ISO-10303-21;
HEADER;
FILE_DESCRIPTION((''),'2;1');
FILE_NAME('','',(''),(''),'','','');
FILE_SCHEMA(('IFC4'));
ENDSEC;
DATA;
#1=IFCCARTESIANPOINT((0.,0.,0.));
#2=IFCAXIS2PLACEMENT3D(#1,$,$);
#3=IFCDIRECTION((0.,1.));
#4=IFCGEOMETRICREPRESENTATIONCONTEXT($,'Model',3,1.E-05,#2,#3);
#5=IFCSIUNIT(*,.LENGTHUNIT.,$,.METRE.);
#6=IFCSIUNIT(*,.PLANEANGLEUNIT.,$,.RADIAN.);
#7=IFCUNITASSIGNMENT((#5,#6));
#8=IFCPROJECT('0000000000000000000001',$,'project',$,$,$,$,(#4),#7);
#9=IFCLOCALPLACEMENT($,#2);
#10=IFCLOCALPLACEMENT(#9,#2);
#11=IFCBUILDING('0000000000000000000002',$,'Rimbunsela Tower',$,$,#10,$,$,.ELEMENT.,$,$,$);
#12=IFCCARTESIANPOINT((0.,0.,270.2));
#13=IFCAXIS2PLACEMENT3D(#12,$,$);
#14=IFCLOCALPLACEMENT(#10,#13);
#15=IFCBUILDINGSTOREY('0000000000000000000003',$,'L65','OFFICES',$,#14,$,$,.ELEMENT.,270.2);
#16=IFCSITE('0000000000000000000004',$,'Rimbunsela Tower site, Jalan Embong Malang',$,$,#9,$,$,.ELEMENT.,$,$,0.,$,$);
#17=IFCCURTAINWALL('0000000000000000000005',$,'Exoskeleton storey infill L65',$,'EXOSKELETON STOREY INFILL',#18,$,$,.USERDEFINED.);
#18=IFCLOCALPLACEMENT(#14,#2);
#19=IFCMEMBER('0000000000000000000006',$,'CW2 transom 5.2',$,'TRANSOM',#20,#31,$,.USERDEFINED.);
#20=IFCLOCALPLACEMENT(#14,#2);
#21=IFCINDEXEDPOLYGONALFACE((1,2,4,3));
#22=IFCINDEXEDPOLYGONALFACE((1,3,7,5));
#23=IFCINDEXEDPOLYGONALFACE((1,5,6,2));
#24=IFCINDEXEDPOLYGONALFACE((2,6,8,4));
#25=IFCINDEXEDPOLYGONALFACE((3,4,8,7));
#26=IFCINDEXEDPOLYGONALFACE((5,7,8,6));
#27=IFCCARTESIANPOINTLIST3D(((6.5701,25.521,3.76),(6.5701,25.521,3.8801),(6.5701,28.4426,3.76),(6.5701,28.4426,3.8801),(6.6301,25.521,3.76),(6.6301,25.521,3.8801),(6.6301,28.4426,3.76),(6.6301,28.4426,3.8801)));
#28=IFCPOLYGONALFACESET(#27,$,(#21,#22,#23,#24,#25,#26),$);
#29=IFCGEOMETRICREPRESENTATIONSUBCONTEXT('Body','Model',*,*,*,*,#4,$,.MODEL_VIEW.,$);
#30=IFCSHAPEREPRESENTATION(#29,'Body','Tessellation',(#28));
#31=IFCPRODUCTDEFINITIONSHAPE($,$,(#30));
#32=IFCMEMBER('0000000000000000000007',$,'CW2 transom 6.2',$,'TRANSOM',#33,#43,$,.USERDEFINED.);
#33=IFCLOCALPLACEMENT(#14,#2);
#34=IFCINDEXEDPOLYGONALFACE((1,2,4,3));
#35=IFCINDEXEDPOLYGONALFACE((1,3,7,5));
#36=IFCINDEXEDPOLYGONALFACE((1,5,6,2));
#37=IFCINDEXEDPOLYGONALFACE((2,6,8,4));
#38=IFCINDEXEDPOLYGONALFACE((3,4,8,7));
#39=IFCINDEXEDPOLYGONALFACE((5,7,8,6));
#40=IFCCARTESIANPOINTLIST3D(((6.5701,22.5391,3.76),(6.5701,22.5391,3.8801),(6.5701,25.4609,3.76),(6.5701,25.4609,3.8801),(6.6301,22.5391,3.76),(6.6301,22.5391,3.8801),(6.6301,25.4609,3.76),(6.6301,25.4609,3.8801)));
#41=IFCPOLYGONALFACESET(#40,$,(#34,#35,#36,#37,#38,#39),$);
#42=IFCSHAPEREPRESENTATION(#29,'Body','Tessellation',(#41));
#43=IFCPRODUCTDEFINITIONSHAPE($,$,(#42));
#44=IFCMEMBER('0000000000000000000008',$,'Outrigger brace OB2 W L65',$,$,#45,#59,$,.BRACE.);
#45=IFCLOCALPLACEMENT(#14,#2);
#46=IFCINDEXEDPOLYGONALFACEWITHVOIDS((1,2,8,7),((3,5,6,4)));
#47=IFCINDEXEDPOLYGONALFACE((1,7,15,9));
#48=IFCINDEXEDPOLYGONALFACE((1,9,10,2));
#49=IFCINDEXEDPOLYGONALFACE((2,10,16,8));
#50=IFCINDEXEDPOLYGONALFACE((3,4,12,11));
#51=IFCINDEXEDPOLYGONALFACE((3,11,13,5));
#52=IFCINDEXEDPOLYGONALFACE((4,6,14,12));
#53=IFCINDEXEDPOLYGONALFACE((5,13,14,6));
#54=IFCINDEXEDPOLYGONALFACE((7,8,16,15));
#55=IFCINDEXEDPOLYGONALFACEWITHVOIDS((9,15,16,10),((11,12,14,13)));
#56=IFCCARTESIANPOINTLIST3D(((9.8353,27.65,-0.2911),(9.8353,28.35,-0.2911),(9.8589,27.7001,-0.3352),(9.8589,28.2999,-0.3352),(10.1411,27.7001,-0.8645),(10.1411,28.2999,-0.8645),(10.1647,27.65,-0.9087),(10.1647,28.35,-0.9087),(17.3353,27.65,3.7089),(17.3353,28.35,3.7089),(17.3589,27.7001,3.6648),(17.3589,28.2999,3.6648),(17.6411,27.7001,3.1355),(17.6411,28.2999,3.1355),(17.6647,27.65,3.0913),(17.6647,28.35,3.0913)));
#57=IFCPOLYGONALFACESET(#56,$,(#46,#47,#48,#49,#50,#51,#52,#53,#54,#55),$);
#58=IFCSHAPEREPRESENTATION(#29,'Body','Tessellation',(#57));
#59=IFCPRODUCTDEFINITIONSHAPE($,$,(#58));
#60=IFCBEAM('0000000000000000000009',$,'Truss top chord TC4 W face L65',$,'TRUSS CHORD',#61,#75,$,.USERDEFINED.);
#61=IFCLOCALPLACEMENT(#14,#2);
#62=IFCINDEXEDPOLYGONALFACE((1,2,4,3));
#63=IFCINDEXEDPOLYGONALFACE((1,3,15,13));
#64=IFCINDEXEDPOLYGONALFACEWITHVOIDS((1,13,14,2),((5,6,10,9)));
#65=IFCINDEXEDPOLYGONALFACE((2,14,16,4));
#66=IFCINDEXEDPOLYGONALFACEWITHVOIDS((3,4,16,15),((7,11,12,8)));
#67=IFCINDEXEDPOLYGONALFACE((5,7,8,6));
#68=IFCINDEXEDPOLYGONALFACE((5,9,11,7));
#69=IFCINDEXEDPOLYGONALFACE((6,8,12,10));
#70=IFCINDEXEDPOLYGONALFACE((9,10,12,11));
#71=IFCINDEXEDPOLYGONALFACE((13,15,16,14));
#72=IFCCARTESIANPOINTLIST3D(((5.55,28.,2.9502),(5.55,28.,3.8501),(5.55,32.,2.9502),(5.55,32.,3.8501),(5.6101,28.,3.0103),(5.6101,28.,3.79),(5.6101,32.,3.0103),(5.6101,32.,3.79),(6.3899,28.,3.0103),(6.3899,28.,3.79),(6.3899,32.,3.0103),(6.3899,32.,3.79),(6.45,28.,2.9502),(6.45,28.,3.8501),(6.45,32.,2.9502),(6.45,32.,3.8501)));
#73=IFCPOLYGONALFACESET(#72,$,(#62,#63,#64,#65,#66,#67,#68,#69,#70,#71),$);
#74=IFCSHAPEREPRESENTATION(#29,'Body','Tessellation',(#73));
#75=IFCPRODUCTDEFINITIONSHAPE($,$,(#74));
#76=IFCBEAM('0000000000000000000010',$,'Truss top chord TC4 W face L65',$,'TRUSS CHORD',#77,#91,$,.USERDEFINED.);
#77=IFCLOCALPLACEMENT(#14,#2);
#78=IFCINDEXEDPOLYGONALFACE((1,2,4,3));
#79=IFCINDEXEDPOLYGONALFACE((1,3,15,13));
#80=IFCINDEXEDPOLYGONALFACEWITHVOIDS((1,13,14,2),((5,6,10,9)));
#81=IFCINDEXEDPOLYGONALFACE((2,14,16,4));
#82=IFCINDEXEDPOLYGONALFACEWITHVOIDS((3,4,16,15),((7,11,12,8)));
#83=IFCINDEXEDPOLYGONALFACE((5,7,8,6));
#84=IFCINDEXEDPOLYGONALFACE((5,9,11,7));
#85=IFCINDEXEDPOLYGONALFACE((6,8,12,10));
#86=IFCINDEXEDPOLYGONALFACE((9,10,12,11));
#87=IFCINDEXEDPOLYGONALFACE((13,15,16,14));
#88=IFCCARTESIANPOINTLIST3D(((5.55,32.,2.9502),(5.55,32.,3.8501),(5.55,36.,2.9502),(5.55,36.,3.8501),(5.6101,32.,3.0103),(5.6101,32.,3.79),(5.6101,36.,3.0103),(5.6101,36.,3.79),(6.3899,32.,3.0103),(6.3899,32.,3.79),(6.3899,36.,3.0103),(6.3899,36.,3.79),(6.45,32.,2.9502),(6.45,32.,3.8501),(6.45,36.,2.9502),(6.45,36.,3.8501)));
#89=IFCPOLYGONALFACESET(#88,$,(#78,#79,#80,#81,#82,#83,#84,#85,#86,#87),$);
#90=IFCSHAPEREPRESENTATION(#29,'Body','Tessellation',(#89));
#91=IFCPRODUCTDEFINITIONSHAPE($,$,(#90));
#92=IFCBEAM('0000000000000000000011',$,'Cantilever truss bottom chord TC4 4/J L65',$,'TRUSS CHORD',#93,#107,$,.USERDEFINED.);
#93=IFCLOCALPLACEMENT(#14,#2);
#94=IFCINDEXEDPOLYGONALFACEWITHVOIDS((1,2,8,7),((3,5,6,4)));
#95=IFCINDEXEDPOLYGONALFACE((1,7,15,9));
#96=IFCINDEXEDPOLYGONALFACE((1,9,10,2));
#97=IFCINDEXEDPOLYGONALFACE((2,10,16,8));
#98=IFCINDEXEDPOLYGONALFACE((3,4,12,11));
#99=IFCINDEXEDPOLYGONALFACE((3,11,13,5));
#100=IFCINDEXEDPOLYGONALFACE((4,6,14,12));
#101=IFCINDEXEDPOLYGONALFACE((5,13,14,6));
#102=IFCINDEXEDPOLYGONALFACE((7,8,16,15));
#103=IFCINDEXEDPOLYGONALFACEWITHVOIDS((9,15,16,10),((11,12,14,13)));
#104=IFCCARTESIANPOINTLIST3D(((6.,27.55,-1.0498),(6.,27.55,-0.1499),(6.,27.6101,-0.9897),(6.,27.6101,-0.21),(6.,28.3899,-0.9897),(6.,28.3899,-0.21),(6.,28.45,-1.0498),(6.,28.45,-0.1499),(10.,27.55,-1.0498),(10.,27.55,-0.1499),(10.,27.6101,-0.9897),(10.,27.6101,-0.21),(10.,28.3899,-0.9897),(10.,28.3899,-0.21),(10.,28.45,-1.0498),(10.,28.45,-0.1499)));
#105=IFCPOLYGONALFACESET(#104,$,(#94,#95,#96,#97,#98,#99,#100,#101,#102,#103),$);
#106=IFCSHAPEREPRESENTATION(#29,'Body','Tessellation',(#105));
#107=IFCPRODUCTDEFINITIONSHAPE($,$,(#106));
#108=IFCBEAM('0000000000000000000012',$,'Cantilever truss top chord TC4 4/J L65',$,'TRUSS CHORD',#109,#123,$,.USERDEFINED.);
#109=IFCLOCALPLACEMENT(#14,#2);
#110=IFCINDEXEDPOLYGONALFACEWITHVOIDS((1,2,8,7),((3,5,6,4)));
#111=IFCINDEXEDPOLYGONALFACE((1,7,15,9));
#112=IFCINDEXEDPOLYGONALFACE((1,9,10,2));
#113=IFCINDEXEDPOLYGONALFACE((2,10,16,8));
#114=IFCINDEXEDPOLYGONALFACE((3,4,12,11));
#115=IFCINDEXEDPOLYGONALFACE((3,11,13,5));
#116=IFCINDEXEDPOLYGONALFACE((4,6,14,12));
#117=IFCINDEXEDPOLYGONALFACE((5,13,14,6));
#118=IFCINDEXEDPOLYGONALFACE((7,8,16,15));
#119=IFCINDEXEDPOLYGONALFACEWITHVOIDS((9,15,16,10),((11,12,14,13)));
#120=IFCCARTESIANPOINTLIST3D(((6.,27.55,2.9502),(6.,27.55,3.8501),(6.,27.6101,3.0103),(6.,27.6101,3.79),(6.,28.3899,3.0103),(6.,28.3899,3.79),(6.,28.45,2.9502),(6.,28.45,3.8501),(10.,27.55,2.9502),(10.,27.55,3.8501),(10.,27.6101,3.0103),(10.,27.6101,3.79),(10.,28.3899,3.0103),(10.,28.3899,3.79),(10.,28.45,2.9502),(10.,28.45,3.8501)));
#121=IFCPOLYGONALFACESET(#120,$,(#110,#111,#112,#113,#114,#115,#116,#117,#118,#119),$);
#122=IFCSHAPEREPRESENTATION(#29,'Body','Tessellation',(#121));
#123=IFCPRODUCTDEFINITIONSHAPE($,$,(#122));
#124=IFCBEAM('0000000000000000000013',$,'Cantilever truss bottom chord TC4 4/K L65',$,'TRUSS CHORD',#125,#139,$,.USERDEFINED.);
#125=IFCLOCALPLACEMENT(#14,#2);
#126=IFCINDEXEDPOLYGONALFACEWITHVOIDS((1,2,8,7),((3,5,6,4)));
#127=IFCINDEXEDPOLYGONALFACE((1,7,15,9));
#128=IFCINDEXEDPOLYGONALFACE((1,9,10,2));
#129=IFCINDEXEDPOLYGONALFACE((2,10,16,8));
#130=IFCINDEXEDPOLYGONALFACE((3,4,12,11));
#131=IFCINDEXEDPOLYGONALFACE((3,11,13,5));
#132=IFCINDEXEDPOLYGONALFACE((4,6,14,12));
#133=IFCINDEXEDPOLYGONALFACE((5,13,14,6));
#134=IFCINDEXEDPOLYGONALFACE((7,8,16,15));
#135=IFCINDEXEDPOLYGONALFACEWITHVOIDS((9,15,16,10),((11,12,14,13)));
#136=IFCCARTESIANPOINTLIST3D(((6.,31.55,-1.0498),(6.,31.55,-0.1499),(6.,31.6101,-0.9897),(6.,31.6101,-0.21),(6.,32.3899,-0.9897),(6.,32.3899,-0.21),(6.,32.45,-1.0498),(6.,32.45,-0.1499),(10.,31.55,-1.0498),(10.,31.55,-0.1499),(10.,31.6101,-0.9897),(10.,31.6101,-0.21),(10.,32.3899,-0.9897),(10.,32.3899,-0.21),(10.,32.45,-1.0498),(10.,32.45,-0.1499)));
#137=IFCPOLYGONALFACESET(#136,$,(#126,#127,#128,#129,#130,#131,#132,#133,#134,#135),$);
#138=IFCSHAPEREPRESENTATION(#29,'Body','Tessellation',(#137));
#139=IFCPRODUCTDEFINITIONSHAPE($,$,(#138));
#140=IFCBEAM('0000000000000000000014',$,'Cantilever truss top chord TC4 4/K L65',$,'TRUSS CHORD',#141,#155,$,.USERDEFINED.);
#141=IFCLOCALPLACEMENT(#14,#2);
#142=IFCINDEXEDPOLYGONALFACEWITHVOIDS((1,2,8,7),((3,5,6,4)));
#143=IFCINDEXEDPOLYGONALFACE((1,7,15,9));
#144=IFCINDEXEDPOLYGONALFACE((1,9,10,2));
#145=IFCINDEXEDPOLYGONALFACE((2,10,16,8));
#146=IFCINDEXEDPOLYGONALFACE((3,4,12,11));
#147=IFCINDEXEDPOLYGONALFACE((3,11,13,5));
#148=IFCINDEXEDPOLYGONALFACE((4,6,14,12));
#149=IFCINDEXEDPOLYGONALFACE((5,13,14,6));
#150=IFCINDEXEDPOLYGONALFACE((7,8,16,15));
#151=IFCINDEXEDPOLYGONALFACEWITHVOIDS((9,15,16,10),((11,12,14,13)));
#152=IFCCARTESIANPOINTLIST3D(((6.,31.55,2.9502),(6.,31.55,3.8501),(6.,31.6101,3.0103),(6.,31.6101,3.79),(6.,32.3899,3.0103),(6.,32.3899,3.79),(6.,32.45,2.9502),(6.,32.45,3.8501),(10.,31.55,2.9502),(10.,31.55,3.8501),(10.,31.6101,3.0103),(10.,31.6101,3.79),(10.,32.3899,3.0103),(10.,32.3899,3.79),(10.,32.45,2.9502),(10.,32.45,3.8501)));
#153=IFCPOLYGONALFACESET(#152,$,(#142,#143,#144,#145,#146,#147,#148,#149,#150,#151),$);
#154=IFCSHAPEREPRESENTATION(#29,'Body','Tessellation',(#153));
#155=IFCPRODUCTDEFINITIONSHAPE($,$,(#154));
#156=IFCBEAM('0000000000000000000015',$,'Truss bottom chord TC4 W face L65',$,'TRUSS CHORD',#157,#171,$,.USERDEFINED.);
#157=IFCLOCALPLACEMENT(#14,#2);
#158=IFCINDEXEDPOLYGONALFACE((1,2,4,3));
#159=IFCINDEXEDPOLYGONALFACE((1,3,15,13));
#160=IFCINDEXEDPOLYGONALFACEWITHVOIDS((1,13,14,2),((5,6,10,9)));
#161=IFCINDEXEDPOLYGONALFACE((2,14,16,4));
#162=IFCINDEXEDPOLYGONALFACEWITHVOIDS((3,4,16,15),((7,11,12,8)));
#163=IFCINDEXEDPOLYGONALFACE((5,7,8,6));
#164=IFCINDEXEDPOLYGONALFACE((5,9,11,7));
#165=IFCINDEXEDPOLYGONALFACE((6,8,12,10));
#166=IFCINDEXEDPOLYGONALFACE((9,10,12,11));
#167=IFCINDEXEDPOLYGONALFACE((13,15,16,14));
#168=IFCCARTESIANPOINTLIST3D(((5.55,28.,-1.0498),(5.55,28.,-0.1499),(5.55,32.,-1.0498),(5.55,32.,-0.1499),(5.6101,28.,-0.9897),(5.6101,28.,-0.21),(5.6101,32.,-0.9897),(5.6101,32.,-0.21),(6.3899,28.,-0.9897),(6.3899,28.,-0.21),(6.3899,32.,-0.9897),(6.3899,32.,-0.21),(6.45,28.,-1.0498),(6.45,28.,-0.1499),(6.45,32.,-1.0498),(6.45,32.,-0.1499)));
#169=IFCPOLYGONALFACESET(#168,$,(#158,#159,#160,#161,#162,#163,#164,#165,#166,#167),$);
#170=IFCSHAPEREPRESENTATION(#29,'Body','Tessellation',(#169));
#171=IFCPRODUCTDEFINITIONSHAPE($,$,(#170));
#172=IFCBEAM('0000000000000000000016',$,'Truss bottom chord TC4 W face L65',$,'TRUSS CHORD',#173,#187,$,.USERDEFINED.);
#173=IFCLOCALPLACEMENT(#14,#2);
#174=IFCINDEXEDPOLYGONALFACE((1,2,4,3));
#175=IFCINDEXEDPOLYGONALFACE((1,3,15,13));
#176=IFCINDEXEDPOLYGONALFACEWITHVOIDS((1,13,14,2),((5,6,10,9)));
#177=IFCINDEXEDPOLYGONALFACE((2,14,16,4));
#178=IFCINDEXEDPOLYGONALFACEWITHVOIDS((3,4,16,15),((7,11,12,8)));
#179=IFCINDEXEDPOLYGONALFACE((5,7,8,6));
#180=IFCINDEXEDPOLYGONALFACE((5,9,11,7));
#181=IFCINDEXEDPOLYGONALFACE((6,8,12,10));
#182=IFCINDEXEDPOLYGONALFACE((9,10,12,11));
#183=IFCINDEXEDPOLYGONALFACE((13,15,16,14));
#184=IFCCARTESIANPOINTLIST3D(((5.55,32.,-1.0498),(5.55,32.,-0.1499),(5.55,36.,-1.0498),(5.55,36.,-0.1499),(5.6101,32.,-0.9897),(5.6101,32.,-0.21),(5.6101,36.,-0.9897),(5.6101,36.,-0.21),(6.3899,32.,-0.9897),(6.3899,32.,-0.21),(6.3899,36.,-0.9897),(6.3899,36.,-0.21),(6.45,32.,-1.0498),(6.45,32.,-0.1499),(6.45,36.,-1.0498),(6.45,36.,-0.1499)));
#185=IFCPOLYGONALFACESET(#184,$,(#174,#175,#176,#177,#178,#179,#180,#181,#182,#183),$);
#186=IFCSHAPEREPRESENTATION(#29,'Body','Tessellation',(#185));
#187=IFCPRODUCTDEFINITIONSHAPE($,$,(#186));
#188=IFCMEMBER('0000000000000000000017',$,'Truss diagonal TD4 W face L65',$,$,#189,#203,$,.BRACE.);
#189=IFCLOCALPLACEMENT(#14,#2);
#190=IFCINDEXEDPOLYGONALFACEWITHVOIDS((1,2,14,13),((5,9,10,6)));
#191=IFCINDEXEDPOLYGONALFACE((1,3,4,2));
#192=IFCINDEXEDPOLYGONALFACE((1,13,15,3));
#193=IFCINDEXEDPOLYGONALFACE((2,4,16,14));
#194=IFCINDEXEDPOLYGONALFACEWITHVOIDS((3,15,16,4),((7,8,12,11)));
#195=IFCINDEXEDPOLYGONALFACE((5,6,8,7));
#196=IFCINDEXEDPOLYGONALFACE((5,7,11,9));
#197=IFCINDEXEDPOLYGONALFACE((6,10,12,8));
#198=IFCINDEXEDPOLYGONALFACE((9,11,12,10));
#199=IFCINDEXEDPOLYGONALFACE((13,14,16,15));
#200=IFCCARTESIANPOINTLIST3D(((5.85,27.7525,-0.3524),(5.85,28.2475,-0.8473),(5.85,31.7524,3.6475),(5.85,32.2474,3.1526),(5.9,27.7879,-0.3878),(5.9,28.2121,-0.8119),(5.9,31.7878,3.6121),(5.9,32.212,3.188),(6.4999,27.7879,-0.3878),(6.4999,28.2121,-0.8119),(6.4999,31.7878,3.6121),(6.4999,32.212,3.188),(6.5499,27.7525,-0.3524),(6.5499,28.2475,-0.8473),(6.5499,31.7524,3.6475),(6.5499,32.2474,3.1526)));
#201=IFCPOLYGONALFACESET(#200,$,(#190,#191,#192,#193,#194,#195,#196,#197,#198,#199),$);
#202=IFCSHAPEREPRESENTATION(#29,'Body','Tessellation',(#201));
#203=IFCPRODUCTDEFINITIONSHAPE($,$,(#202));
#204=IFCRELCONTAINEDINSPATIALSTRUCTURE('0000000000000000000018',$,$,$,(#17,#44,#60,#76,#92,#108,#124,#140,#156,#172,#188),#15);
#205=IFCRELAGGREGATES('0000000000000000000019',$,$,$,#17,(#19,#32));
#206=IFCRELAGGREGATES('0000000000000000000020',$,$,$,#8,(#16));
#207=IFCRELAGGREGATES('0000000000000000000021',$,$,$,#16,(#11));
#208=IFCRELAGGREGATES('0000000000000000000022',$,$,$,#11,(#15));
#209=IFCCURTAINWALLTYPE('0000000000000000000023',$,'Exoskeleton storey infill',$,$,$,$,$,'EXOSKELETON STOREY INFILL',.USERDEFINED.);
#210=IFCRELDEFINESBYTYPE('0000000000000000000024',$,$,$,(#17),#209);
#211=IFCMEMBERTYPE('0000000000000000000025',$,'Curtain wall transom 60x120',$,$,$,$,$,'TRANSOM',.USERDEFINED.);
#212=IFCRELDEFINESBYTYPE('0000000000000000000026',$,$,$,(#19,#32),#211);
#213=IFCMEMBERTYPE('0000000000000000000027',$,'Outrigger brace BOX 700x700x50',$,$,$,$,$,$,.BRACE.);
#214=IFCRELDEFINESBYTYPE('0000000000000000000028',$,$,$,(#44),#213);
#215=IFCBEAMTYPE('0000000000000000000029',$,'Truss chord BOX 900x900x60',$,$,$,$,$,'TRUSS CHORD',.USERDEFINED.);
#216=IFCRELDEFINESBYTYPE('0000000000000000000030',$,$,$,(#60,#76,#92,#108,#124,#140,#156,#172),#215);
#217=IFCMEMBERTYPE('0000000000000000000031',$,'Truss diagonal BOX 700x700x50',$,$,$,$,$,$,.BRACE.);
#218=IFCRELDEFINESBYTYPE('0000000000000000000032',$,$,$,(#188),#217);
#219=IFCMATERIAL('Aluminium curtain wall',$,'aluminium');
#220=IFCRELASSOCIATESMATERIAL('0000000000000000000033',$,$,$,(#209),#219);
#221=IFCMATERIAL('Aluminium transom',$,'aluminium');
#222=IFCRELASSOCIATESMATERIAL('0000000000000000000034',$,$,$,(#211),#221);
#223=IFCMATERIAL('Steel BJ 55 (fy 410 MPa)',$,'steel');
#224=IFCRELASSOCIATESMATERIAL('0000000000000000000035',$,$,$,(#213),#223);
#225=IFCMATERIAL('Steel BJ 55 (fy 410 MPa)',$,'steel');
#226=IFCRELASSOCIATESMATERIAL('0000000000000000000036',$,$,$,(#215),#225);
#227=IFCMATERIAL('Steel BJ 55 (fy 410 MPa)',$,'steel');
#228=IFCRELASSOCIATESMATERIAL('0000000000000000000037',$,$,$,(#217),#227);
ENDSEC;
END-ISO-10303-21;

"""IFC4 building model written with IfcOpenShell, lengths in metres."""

from ifc_helpers import new_model, si_unit, direction, frame, origin, origin_2d, place, context, subcontext, project, spatial, rectangle, hollow_rectangle, extrude, material, material_profile, profile_set, type_object, element, aggregate, save


model = new_model("IFC4")

# Units and contexts
model_context = context("Model", 3, precision=1e-05, world=origin(), true_north=direction((0.0, 1.0)))
body_context = subcontext(model_context, "Body", "Model", "MODEL_VIEW")
ifc_project = project(units=[si_unit("LENGTHUNIT", "METRE"), si_unit("PLANEANGLEUNIT", "RADIAN")], contexts=[model_context])

# Site, building, storey
site_placement = place(None, origin())
site = spatial("IfcSite", under=ifc_project, at=site_placement, Name="Rimbunsela Tower site, Jalan Embong Malang", CompositionType="ELEMENT", RefElevation=0.0)
building_placement = place(site_placement, origin())
building = spatial("IfcBuilding", under=site, at=building_placement, Name="Rimbunsela Tower", CompositionType="ELEMENT")
storey_placement = place(building_placement, frame((0.0, 0.0, 270.2)))
storey = spatial("IfcBuildingStorey", under=building, at=storey_placement, Name="L65", Description="OFFICES", CompositionType="ELEMENT", Elevation=270.2)

# Curtain wall, members
ifc_material_1 = material(Name="Aluminium curtain wall", Category="aluminium")
curtain_wall_type = type_object("IfcCurtainWallType", Name="Exoskeleton storey infill", ElementType="EXOSKELETON STOREY INFILL", PredefinedType="USERDEFINED", material=ifc_material_1)
curtain_wall_placement = place(storey_placement, origin())
curtain_wall = element("IfcCurtainWall", 1, at=curtain_wall_placement, inside=storey, type_object=curtain_wall_type, Name="Exoskeleton storey infill L65", ObjectType="EXOSKELETON STOREY INFILL", PredefinedType="USERDEFINED")
ifc_material_2 = material(Name="Aluminium transom", Category="aluminium")
ifc_material_profile_1 = material_profile(ifc_material_2, rectangle(XDim=0.0601, YDim=0.1201, at=origin_2d()), Name="Transom 60x120")
ifc_profile_set_1 = profile_set([ifc_material_profile_1], Name="Aluminium transom")
member_type_1 = type_object("IfcMemberType", Name="Curtain wall transom 60x120", ElementType="TRANSOM", PredefinedType="USERDEFINED", material=ifc_profile_set_1)
member_1_placement = place(storey_placement, frame((6.6001, 28.4426, 3.8201), z_axis=(0.0, -1.0, 0.0), x_axis=(1.0, 0.0, 0.0)))
member_1 = element("IfcMember", 2, at=member_1_placement, type_object=member_type_1, Name="CW2 transom 5.2", ObjectType="TRANSOM", PredefinedType="USERDEFINED", context=body_context, shape_type="SweptSolid", body=[
    extrude(rectangle(XDim=0.0601, YDim=0.1201, at=origin_2d()), origin(), (0.0, 0.0, 1.0), 2.9216),
])
member_2_placement = place(storey_placement, frame((6.6001, 25.4609, 3.8201), z_axis=(0.0, -1.0, 0.0), x_axis=(1.0, 0.0, 0.0)))
member_2 = element("IfcMember", 3, at=member_2_placement, type_object=member_type_1, Name="CW2 transom 6.2", ObjectType="TRANSOM", PredefinedType="USERDEFINED", context=body_context, shape_type="SweptSolid", body=[
    extrude(rectangle(XDim=0.0601, YDim=0.1201, at=origin_2d()), origin(), (0.0, 0.0, 1.0), 2.9219),
])

# Member
ifc_material_3 = material(Name="Steel BJ 55 (fy 410 MPa)", Category="steel")
ifc_material_profile_2 = material_profile(ifc_material_3, hollow_rectangle(XDim=0.7, YDim=0.7, WallThickness=0.05, at=origin_2d()), Name="BOX 700x700x50")
ifc_profile_set_2 = profile_set([ifc_material_profile_2], Name="Steel BJ 55 (fy 410 MPa)")
member_type_2 = type_object("IfcMemberType", Name="Outrigger brace BOX 700x700x50", PredefinedType="BRACE", material=ifc_profile_set_2)
member_3_placement = place(storey_placement, frame((10.0, 28.0, -0.5999), z_axis=(0.882353, 0.0, 0.470588), x_axis=(0.0, 1.0, 0.0)))
element("IfcMember", 4, at=member_3_placement, inside=storey, type_object=member_type_2, Name="Outrigger brace OB2 W L65", PredefinedType="BRACE", context=body_context, shape_type="SweptSolid", body=[
    extrude(hollow_rectangle(XDim=0.7, YDim=0.7, WallThickness=0.05, at=origin_2d()), origin(), (0.0, 0.0, 1.0), 8.5),
])

# Beams
ifc_material_4 = material(Name="Steel BJ 55 (fy 410 MPa)", Category="steel")
ifc_material_profile_3 = material_profile(ifc_material_4, hollow_rectangle(XDim=0.8999, YDim=0.8999, WallThickness=0.0601, at=origin_2d()), Name="BOX 900x900x60")
ifc_profile_set_3 = profile_set([ifc_material_profile_3], Name="Steel BJ 55 (fy 410 MPa)")
beam_type_1 = type_object("IfcBeamType", Name="Truss chord BOX 900x900x60", ElementType="TRUSS CHORD", PredefinedType="USERDEFINED", material=ifc_profile_set_3)
for number, where, z_axis, x_axis, name in (
    (5, (6.0, 28.0, 3.4001), (0.0, 1.0, 0.0), (-1.0, 0.0, 0.0), "Truss top chord TC4 W face L65"),
    (6, (6.0, 32.0, 3.4001), (0.0, 1.0, 0.0), (-1.0, 0.0, 0.0), "Truss top chord TC4 W face L65"),
    (7, (10.0, 28.0, -0.5999), (-1.0, 0.0, 0.0), (0.0, -1.0, 0.0), "Cantilever truss bottom chord TC4 4/J L65"),
    (8, (10.0, 28.0, 3.4001), (-1.0, 0.0, 0.0), (0.0, -1.0, 0.0), "Cantilever truss top chord TC4 4/J L65"),
    (9, (10.0, 32.0, -0.5999), (-1.0, 0.0, 0.0), (0.0, -1.0, 0.0), "Cantilever truss bottom chord TC4 4/K L65"),
    (10, (10.0, 32.0, 3.4001), (-1.0, 0.0, 0.0), (0.0, -1.0, 0.0), "Cantilever truss top chord TC4 4/K L65"),
    (11, (6.0, 28.0, -0.5999), (0.0, 1.0, 0.0), (-1.0, 0.0, 0.0), "Truss bottom chord TC4 W face L65"),
    (12, (6.0, 32.0, -0.5999), (0.0, 1.0, 0.0), (-1.0, 0.0, 0.0), "Truss bottom chord TC4 W face L65"),
):
    element("IfcBeam", number, at=place(storey_placement, frame(where, z_axis=z_axis, x_axis=x_axis)), inside=storey, type_object=beam_type_1, Name=name, ObjectType="TRUSS CHORD", PredefinedType="USERDEFINED", context=body_context, shape_type="SweptSolid", body=[
        extrude(hollow_rectangle(XDim=0.8999, YDim=0.8999, WallThickness=0.0601, at=origin_2d()), origin(), (0.0, 0.0, 1.0), 4.0),
    ])

# Member
ifc_material_5 = material(Name="Steel BJ 55 (fy 410 MPa)", Category="steel")
ifc_material_profile_4 = material_profile(ifc_material_5, hollow_rectangle(XDim=0.7, YDim=0.7, WallThickness=0.05, at=origin_2d()), Name="BOX 700x700x50")
ifc_profile_set_4 = profile_set([ifc_material_profile_4], Name="Steel BJ 55 (fy 410 MPa)")
member_type_3 = type_object("IfcMemberType", Name="Truss diagonal BOX 700x700x50", PredefinedType="BRACE", material=ifc_profile_set_4)
for number, where, z_axis, x_axis, name in (
    (13, (6.2, 28.0, -0.5999), (0.0, 0.707107, 0.707107), (-1.0, 0.0, 0.0), "Truss diagonal TD4 W face L65"),
):
    element("IfcMember", number, at=place(storey_placement, frame(where, z_axis=z_axis, x_axis=x_axis)), inside=storey, type_object=member_type_3, Name=name, PredefinedType="BRACE", context=body_context, shape_type="SweptSolid", body=[
        extrude(hollow_rectangle(XDim=0.7, YDim=0.7, WallThickness=0.05, at=origin_2d()), origin(), (0.0, 0.0, 1.0), 5.6567),
    ])

aggregate(curtain_wall, [member_1, member_2])

save(model, "model.ifc")
